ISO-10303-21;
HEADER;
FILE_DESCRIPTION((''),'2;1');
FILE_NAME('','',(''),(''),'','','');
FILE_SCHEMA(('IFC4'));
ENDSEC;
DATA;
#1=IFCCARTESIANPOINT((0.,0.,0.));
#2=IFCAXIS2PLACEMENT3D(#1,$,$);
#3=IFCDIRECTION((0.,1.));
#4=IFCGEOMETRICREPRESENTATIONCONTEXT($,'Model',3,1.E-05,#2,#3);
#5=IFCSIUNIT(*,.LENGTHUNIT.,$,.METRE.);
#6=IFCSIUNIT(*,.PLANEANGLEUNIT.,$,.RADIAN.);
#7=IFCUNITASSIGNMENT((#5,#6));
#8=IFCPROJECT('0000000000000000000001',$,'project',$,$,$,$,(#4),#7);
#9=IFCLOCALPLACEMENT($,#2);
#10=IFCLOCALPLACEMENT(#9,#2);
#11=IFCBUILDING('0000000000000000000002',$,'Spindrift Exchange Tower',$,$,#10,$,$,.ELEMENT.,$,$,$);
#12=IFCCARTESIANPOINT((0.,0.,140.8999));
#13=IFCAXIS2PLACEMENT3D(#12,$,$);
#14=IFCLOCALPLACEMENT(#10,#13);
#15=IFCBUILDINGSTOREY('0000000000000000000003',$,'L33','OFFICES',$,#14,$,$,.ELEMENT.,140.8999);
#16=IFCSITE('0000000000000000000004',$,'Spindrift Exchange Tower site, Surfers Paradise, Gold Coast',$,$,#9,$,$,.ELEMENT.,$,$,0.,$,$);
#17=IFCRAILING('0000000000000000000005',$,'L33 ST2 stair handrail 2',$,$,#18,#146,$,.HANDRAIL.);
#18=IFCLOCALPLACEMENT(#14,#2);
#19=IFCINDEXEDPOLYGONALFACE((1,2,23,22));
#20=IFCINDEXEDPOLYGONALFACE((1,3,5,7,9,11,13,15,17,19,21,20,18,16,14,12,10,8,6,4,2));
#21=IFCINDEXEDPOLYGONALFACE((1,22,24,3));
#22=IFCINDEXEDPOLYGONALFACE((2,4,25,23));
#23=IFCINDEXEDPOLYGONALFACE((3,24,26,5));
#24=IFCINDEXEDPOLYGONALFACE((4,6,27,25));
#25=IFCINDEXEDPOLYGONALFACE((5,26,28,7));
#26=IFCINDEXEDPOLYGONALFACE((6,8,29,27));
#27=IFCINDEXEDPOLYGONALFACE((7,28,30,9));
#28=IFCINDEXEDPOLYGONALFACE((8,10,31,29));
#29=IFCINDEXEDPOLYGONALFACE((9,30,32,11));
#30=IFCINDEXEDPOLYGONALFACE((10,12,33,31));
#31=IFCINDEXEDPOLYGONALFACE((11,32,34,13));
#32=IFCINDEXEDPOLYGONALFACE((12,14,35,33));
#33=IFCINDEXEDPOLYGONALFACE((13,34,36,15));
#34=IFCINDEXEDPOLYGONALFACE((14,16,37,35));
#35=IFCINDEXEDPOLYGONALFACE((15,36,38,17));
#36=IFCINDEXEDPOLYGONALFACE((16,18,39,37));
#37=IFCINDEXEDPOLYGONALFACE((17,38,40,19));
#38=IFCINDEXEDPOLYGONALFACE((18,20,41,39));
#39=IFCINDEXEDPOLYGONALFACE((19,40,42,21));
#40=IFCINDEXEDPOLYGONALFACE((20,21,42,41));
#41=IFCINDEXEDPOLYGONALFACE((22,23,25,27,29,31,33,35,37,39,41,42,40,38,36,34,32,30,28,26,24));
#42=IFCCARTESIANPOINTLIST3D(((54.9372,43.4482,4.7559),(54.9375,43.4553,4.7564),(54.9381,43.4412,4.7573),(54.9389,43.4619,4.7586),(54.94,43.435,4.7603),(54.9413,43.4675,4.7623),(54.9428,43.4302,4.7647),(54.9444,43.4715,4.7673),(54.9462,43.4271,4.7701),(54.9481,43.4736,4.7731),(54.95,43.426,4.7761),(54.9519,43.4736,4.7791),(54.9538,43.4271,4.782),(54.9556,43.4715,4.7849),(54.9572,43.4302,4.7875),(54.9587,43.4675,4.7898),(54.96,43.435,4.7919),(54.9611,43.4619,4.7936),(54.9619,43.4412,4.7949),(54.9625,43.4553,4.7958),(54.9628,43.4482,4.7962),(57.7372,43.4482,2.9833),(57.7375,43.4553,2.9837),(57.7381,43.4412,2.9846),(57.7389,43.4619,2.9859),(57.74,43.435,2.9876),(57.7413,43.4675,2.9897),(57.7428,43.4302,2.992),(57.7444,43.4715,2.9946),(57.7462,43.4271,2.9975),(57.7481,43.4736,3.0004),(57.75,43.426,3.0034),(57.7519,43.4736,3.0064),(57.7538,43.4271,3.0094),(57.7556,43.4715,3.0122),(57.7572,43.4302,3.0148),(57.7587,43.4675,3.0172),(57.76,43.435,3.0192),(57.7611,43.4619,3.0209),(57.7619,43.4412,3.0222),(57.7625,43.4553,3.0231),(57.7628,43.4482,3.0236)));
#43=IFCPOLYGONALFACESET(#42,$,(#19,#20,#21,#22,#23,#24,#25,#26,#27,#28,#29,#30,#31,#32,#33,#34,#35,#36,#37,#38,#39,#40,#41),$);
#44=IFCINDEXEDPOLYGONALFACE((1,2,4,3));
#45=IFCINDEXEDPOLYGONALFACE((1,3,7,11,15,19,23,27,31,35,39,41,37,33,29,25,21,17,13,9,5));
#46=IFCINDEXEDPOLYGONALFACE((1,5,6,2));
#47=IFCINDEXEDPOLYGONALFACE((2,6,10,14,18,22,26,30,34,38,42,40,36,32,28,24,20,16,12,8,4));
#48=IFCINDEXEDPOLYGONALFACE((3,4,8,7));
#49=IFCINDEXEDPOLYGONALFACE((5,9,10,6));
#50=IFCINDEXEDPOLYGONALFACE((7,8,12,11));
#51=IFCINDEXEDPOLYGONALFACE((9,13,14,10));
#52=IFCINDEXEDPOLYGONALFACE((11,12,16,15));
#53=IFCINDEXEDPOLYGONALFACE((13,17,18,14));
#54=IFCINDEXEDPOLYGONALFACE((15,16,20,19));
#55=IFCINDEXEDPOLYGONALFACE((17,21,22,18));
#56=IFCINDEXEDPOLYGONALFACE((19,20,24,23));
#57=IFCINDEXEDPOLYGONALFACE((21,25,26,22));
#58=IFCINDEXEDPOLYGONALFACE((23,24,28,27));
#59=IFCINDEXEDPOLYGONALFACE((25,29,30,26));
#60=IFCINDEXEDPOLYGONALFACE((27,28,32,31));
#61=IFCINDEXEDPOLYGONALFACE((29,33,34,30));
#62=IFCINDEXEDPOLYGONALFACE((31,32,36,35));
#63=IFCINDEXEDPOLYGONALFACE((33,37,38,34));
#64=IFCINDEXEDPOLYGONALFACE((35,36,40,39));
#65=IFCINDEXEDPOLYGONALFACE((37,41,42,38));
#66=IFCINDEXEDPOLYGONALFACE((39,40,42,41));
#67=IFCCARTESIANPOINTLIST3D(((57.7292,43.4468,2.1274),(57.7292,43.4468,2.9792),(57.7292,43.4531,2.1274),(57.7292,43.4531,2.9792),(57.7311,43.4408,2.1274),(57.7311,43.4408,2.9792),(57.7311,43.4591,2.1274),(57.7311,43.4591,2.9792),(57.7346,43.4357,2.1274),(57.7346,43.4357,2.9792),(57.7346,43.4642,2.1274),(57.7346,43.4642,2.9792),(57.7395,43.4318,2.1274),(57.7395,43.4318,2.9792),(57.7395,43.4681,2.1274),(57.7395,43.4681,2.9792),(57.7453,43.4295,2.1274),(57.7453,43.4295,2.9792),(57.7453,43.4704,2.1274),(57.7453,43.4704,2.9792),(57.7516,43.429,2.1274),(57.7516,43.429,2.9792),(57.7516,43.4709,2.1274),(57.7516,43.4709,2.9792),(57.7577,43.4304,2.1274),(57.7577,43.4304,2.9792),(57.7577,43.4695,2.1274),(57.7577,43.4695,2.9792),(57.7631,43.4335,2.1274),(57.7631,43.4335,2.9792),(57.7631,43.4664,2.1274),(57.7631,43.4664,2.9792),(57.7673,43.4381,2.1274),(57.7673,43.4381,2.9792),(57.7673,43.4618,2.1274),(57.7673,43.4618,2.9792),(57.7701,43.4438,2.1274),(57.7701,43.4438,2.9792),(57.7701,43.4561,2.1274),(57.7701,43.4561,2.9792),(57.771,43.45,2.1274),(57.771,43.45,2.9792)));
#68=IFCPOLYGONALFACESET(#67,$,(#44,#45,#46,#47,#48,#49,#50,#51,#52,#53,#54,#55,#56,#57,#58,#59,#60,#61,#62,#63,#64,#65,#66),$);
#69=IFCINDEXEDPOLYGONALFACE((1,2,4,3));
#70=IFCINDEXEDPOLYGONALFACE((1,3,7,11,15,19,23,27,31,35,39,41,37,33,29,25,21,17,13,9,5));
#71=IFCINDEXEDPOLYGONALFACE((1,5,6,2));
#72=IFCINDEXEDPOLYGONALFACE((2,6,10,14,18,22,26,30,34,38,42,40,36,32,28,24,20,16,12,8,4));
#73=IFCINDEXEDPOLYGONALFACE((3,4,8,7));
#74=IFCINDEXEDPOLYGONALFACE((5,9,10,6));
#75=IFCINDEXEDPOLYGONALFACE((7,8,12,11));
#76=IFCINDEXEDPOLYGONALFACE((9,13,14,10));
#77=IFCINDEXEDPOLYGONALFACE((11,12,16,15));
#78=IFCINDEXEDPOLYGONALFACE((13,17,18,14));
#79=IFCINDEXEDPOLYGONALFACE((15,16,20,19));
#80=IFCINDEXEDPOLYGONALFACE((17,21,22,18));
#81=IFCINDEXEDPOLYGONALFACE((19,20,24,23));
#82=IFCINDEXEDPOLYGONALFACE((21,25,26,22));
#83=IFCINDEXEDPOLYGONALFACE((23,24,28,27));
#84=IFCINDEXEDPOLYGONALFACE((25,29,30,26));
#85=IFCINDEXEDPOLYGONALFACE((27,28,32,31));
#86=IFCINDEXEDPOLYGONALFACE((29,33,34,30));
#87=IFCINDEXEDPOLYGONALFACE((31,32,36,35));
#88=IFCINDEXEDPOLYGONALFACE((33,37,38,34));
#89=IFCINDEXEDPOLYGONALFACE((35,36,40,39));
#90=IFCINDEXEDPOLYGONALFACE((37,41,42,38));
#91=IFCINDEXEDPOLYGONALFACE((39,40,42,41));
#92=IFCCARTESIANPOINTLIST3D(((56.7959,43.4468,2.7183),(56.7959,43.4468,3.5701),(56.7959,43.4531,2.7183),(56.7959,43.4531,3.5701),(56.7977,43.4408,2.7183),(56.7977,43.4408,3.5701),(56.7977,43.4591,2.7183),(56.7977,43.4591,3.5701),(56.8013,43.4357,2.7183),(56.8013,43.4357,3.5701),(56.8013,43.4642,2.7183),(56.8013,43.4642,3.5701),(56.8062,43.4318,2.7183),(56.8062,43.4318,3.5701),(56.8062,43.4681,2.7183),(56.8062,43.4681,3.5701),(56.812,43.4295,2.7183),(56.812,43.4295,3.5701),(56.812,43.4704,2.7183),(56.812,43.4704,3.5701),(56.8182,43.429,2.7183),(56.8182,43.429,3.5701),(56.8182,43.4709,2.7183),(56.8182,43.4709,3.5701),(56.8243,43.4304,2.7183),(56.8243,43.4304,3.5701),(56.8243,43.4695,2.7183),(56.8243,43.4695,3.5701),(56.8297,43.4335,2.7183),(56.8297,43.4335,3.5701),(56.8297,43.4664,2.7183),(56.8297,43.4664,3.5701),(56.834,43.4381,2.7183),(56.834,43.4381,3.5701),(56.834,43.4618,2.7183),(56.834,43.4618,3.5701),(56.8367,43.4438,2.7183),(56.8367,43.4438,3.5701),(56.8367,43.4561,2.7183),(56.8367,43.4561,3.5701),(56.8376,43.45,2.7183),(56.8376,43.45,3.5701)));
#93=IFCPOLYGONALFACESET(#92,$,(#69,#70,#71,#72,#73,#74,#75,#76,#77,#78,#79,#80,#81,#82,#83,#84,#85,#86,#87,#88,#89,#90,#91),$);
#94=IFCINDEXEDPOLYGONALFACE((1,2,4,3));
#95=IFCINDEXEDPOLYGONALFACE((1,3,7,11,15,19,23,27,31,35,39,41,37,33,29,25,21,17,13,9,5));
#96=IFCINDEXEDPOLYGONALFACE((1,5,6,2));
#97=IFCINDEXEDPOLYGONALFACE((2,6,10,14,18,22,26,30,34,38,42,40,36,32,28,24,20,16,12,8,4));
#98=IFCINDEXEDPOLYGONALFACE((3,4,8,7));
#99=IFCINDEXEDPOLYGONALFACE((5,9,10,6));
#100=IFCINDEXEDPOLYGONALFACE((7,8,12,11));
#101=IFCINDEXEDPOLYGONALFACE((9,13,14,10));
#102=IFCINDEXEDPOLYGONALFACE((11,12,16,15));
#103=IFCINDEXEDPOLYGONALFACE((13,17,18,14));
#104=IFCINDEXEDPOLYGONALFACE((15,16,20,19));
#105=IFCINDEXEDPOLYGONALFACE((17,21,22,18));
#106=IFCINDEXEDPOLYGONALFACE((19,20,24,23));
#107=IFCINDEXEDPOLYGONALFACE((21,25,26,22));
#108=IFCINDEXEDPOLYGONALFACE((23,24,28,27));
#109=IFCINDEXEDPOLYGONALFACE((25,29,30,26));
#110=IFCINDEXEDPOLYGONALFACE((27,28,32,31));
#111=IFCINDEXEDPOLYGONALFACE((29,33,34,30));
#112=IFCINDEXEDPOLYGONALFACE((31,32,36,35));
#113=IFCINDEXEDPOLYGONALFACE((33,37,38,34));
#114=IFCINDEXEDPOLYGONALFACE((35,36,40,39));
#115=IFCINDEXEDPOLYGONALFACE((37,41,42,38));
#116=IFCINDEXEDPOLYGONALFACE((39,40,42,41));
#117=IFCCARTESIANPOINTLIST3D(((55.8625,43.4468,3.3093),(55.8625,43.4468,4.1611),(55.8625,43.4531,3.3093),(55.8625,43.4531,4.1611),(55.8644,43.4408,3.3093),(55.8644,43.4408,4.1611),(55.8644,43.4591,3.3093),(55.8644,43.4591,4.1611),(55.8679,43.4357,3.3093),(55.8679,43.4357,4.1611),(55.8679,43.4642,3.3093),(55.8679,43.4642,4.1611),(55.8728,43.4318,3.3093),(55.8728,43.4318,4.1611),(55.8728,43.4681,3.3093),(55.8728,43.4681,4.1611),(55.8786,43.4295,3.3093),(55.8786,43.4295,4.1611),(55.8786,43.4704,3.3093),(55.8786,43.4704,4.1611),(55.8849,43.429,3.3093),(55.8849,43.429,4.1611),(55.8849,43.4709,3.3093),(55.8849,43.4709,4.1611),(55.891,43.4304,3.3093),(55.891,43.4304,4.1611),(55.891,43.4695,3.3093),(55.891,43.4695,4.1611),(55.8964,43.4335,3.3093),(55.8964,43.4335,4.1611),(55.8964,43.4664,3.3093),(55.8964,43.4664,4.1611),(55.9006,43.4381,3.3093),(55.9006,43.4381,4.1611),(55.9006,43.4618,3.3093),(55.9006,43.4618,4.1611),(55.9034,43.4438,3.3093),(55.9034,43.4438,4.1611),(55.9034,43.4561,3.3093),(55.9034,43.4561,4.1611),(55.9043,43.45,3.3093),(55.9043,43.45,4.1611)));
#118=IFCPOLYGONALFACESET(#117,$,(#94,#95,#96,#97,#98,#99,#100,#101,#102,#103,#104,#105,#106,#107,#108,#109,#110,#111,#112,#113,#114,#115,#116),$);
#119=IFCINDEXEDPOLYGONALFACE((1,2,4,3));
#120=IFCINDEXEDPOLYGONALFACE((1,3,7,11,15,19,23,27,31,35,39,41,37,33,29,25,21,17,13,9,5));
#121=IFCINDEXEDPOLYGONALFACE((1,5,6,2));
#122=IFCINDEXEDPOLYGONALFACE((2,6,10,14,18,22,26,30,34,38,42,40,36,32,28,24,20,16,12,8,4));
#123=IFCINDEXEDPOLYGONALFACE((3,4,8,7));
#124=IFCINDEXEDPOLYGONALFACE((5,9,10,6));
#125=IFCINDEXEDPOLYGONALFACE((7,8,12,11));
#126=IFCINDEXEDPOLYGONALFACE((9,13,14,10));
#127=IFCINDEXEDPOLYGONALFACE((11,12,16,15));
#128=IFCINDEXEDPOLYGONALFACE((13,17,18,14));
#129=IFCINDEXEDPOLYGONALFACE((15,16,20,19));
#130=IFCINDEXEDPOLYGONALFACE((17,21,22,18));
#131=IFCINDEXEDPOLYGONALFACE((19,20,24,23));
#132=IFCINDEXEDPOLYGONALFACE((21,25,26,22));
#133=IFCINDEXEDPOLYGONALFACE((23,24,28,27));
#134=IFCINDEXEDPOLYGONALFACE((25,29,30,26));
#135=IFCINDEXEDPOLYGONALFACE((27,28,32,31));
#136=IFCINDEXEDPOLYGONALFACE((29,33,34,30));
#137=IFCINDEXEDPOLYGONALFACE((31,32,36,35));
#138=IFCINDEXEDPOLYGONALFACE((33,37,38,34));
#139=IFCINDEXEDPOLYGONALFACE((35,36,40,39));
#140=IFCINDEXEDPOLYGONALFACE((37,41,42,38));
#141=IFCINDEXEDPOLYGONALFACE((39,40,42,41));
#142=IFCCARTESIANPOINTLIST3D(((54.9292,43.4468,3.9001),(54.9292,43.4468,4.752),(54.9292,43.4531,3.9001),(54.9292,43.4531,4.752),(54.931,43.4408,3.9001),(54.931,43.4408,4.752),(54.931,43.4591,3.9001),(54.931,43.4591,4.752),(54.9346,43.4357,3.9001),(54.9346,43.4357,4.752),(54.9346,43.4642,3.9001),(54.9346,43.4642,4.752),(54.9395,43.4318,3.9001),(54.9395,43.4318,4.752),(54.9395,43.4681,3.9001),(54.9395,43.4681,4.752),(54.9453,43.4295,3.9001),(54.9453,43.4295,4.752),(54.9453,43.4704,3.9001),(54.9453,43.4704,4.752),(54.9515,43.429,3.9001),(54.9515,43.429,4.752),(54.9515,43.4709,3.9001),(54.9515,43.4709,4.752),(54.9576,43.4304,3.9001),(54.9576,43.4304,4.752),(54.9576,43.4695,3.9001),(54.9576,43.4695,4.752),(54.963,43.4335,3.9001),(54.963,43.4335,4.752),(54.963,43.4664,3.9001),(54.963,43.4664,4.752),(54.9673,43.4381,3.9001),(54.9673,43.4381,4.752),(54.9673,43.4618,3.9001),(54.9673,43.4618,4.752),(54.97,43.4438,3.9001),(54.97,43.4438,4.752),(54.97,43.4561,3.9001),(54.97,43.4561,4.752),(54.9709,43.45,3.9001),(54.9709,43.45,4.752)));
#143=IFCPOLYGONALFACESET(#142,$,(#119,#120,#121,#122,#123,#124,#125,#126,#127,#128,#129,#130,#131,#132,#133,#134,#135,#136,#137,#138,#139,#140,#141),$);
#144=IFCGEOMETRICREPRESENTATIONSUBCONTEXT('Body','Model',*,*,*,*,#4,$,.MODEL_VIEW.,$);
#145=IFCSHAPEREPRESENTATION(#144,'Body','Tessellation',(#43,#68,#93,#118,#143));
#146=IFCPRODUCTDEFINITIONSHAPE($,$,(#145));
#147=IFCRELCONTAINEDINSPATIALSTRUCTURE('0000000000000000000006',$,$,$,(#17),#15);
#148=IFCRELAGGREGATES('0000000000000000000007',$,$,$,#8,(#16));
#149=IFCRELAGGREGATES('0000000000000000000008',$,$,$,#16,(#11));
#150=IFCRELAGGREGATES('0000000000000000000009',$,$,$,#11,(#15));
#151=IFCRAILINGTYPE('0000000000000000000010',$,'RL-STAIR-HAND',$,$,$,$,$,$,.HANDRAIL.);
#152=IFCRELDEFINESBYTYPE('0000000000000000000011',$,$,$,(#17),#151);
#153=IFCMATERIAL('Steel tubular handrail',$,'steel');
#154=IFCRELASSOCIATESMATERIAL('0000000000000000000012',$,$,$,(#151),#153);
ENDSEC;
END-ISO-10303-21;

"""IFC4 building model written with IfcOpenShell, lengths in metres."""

from ifc_helpers import new_model, si_unit, direction, frame, origin, origin_2d, place, context, subcontext, project, spatial, circle, extrude, material, type_object, element, save


model = new_model("IFC4")

# Units and contexts
model_context = context("Model", 3, precision=1e-05, world=origin(), true_north=direction((0.0, 1.0)))
body_context = subcontext(model_context, "Body", "Model", "MODEL_VIEW")
ifc_project = project(units=[si_unit("LENGTHUNIT", "METRE"), si_unit("PLANEANGLEUNIT", "RADIAN")], contexts=[model_context])

# Site, building, storey
site_placement = place(None, origin())
site = spatial("IfcSite", under=ifc_project, at=site_placement, Name="Spindrift Exchange Tower site, Surfers Paradise, Gold Coast", CompositionType="ELEMENT", RefElevation=0.0)
building_placement = place(site_placement, origin())
building = spatial("IfcBuilding", under=site, at=building_placement, Name="Spindrift Exchange Tower", CompositionType="ELEMENT")
storey_placement = place(building_placement, frame((0.0, 0.0, 140.8999)))
storey = spatial("IfcBuildingStorey", under=building, at=storey_placement, Name="L33", Description="OFFICES", CompositionType="ELEMENT", Elevation=140.8999)

# Railing
ifc_material_1 = material(Name="Steel tubular handrail", Category="steel")
railing_type_1 = type_object("IfcRailingType", Name="RL-STAIR-HAND", PredefinedType="HANDRAIL", material=ifc_material_1)
railing_1_placement = place(storey_placement, frame((57.75, 43.45, 2.1274)))
element("IfcRailing", 1, at=railing_1_placement, inside=storey, type_object=railing_type_1, Name="L33 ST2 stair handrail 2", PredefinedType="HANDRAIL", context=body_context, shape_type="SweptSolid", body=[
    extrude(circle(Radius=0.0239, at=origin_2d()), frame((0.0, 0.0, 0.876), z_axis=(-0.844909, 0.0, 0.53491), x_axis=(0.0, -1.0, 0.0)), (0.0, 0.0, 1.0), 3.314),
    extrude(circle(Radius=0.021, at=origin_2d()), origin(), (0.0, 0.0, 1.0), 0.8518),
    extrude(circle(Radius=0.021, at=origin_2d()), frame((-0.9333, 0.0, 0.5908)), (0.0, 0.0, 1.0), 0.8518),
    extrude(circle(Radius=0.021, at=origin_2d()), frame((-1.8667, 0.0, 1.1819)), (0.0, 0.0, 1.0), 0.8518),
    extrude(circle(Radius=0.021, at=origin_2d()), frame((-2.8, 0.0, 1.7727)), (0.0, 0.0, 1.0), 0.8518),
])

save(model, "model.ifc")
